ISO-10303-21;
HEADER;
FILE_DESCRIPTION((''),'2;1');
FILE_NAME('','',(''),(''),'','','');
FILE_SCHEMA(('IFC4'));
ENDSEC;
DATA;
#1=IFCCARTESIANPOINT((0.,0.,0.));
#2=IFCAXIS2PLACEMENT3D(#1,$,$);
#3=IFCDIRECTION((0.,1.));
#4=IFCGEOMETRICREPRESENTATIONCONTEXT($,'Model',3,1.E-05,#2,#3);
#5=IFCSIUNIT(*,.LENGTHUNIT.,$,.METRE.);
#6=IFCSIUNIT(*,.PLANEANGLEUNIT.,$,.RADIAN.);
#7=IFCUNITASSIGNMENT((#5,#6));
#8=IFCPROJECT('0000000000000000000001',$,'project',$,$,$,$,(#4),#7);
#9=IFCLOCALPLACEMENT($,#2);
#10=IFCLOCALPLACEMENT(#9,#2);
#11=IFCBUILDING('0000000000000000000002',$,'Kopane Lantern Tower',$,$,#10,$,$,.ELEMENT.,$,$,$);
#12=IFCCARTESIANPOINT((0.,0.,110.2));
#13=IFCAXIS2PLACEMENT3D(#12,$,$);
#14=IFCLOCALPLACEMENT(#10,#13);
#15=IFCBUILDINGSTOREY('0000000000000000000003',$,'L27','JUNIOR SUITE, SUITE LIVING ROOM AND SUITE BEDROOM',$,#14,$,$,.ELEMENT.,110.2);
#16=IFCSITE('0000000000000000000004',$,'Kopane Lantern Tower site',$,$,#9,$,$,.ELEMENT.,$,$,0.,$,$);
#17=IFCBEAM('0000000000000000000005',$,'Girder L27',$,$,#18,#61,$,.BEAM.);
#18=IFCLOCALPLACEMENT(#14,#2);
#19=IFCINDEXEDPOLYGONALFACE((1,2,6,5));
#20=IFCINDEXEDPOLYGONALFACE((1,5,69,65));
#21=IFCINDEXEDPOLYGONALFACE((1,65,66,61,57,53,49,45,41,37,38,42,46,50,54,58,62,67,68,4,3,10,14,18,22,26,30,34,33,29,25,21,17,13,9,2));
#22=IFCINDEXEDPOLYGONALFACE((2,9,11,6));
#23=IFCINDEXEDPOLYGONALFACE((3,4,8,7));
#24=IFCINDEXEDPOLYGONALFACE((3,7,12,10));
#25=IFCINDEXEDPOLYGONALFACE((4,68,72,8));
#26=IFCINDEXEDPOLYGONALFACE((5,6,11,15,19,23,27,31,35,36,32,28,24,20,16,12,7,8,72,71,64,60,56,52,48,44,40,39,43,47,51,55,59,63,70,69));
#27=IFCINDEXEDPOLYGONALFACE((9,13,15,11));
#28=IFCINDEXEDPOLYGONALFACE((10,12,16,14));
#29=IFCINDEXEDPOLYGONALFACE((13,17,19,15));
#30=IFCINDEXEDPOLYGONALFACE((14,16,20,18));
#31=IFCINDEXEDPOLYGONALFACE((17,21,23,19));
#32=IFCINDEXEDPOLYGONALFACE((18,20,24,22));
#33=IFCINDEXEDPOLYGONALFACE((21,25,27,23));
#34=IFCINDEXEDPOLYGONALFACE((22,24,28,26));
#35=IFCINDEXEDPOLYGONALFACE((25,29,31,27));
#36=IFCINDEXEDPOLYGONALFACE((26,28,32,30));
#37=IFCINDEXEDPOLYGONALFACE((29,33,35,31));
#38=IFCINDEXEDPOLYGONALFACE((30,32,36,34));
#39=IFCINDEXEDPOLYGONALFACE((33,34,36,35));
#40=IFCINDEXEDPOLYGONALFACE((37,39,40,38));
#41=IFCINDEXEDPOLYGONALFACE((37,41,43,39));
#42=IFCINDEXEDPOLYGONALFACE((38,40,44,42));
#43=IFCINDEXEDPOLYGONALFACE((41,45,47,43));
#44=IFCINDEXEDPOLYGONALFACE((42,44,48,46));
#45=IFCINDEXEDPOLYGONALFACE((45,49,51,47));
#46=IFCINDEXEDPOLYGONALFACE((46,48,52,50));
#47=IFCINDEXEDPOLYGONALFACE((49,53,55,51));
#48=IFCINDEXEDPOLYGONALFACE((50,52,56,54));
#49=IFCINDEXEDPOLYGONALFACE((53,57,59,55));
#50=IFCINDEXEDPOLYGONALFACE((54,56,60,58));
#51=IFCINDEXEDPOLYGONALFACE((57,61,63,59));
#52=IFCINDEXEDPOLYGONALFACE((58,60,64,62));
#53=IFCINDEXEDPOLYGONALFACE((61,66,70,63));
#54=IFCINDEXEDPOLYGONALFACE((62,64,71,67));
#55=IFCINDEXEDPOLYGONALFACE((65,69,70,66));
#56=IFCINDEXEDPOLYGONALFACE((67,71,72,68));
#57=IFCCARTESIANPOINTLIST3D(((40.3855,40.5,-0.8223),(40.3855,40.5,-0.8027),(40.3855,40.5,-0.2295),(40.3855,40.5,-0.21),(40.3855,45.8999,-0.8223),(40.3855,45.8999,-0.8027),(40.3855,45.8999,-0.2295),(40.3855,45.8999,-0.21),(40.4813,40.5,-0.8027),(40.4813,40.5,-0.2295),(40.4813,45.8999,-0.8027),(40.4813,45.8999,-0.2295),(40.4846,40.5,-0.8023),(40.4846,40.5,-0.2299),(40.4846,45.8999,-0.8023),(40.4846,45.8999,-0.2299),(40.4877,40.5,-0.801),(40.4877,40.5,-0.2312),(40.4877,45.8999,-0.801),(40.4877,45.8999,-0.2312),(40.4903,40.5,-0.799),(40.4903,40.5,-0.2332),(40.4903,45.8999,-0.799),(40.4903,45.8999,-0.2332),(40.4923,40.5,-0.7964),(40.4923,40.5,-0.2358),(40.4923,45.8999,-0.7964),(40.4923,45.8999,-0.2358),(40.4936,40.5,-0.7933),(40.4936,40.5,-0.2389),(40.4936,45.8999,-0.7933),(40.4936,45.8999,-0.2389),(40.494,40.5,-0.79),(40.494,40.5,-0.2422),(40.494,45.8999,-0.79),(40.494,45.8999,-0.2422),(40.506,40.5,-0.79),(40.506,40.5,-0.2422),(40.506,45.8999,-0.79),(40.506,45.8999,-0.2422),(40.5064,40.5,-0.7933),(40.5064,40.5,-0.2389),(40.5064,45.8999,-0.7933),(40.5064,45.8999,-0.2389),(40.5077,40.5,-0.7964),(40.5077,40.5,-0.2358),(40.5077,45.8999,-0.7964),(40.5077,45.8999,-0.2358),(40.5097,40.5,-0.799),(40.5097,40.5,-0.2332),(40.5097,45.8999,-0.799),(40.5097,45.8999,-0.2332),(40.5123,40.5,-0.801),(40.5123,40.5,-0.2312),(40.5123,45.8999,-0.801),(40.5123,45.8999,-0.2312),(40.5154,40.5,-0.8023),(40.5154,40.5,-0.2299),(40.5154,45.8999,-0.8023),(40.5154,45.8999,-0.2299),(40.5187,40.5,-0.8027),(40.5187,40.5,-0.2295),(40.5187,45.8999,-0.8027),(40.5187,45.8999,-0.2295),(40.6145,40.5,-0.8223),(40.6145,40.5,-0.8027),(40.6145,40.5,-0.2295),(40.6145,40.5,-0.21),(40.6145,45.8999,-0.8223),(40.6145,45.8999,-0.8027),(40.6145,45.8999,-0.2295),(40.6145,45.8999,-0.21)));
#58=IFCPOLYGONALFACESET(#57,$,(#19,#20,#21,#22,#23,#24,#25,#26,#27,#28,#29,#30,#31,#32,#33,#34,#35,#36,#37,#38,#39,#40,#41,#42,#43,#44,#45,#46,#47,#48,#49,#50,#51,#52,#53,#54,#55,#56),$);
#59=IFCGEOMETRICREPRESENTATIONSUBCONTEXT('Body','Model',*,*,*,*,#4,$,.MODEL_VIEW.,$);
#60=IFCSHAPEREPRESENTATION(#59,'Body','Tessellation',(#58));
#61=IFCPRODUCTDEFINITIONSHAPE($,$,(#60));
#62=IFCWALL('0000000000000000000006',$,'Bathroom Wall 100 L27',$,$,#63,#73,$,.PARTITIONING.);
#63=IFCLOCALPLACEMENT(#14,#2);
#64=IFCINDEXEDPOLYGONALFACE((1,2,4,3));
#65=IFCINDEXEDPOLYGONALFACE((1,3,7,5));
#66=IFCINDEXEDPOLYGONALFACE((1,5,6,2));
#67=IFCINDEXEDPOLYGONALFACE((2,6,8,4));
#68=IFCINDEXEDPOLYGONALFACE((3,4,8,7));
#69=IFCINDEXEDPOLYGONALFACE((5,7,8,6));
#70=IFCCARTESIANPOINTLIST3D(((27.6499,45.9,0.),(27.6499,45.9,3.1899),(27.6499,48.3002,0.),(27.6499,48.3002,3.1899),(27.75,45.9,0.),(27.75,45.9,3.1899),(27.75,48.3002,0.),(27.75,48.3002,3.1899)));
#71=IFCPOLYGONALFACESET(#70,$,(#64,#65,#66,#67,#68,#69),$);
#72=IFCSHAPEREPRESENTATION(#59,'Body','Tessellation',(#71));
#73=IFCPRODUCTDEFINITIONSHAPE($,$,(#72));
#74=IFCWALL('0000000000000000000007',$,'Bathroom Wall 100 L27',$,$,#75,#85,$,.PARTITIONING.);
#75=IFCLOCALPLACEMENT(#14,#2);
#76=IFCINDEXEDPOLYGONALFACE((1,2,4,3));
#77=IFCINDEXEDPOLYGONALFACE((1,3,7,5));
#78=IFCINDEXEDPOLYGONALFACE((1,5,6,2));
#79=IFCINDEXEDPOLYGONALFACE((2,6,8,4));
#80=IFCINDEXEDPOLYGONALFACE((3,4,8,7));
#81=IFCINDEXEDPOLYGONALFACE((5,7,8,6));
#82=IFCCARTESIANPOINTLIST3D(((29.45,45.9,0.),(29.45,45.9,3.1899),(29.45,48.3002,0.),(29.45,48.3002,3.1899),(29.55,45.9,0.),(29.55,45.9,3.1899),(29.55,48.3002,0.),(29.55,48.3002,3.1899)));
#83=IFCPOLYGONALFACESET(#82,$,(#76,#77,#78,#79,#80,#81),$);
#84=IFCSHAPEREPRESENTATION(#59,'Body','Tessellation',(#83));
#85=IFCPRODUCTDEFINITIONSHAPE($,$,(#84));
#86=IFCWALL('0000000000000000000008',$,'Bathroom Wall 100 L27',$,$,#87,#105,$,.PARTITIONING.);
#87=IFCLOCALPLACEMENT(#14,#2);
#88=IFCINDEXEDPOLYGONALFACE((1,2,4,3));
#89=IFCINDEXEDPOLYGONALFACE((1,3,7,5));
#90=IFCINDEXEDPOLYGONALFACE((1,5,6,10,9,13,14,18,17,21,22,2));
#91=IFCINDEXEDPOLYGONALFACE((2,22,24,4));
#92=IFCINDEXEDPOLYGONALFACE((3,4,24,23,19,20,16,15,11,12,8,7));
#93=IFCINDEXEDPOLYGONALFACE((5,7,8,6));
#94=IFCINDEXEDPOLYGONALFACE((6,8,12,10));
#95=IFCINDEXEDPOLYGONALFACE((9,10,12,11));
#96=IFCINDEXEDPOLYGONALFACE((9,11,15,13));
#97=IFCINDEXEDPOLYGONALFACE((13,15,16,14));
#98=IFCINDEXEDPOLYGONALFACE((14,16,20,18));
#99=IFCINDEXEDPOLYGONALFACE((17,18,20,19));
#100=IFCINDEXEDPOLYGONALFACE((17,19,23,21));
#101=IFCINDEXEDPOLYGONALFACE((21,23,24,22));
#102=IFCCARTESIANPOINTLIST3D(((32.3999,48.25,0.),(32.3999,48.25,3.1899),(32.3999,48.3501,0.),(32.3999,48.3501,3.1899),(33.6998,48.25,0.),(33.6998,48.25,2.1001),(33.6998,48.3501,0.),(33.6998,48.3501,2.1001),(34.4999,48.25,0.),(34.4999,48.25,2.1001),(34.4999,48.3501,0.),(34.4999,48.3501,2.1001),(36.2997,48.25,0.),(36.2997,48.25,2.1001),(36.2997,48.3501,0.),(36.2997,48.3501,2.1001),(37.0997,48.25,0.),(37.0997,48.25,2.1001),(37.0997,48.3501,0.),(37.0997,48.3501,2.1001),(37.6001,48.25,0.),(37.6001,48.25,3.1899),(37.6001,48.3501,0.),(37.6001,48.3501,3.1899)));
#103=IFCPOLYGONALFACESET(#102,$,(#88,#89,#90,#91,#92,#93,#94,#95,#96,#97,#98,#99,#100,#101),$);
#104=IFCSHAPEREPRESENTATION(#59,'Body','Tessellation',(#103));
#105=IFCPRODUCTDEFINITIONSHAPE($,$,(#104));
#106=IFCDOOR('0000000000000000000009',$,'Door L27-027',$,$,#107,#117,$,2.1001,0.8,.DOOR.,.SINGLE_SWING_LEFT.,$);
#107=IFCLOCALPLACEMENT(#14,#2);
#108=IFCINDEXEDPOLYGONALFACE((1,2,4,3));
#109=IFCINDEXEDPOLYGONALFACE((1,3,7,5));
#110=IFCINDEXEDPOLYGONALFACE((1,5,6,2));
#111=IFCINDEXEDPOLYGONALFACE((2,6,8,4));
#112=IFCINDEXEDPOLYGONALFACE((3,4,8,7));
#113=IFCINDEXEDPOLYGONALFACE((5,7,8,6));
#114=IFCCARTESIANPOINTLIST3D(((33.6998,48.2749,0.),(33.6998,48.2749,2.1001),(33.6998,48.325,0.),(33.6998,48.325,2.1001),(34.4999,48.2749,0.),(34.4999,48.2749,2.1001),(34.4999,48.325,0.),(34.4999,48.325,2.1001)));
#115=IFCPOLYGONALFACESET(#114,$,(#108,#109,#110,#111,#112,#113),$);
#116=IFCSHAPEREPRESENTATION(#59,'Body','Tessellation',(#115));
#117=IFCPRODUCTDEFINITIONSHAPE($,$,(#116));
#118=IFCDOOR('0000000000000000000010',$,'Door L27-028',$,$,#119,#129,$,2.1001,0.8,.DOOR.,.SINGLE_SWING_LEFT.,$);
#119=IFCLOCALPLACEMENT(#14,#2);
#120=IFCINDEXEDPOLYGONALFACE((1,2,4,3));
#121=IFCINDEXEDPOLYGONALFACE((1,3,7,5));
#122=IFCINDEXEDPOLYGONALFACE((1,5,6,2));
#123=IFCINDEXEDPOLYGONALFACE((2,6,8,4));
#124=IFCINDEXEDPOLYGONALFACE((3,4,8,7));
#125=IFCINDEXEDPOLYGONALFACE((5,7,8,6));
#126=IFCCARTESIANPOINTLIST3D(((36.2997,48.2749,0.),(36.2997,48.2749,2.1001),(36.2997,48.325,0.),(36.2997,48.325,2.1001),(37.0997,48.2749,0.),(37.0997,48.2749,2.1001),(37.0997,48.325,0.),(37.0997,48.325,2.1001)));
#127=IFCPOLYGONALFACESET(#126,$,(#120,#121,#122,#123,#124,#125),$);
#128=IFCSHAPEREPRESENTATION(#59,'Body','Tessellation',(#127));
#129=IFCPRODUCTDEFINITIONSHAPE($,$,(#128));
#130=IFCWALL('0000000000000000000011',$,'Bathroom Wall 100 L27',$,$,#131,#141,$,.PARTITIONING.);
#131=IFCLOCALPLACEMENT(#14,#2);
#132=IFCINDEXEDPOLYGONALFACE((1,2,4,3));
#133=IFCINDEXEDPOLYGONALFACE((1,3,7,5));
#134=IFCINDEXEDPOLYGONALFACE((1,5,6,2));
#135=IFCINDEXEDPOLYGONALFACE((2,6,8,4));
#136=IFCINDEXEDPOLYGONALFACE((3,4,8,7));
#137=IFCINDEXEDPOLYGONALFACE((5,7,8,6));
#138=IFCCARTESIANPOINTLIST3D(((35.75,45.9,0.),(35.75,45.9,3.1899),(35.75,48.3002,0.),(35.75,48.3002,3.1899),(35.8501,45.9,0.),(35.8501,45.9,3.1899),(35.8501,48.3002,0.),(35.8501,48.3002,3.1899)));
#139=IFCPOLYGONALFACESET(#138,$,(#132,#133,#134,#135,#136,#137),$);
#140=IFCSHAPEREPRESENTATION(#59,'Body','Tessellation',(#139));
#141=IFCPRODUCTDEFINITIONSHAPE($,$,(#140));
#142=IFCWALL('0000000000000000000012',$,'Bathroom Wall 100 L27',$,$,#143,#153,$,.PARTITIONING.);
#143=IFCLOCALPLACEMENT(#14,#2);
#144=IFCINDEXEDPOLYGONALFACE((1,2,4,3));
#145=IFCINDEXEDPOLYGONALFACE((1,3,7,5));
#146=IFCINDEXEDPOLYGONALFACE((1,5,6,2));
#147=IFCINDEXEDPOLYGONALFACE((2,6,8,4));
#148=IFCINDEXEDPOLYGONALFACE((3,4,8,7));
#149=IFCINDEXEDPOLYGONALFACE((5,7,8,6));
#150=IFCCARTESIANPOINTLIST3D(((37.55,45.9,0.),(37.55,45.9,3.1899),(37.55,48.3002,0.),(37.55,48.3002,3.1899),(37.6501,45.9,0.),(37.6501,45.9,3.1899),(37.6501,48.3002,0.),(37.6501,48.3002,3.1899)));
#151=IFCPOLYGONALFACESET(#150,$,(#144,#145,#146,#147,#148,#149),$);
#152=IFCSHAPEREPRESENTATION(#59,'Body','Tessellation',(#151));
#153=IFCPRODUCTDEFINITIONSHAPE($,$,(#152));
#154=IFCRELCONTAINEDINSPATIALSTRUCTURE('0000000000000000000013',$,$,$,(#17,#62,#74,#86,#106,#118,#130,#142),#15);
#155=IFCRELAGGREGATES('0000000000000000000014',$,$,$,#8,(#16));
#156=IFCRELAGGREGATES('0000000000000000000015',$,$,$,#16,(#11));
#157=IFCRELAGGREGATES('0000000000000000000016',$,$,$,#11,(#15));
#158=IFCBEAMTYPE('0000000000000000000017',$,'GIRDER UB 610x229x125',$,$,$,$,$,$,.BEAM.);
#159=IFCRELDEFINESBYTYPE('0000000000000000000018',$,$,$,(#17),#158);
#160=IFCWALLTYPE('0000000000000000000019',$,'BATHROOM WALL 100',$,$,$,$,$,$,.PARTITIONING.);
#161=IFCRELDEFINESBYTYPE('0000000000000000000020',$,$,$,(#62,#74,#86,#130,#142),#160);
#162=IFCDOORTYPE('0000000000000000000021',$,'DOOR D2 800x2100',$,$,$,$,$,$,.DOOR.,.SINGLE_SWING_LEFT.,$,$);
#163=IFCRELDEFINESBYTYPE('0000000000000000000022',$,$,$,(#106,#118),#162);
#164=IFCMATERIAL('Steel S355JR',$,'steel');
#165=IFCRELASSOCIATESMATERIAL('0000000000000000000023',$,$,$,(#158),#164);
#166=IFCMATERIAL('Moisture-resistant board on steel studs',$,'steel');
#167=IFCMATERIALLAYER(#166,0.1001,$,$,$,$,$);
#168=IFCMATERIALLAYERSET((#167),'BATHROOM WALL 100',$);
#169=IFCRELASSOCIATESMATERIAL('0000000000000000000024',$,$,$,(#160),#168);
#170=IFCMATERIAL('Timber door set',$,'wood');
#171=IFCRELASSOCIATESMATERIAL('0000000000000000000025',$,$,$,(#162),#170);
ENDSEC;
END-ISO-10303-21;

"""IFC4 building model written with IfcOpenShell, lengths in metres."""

from ifc_helpers import new_model, si_unit, direction, frame, frame_2d, origin, origin_2d, place, context, subcontext, project, spatial, rectangle, i_section, extrude, material, layer, layer_set, material_profile, profile_set, type_object, element, fill, save


model = new_model("IFC4")

# Units and contexts
model_context = context("Model", 3, precision=1e-05, world=origin(), true_north=direction((0.0, 1.0)))
body_context = subcontext(model_context, "Body", "Model", "MODEL_VIEW")
ifc_project = project(units=[si_unit("LENGTHUNIT", "METRE"), si_unit("PLANEANGLEUNIT", "RADIAN")], contexts=[model_context])

# Site, building, storey
site_placement = place(None, origin())
site = spatial("IfcSite", under=ifc_project, at=site_placement, Name="Kopane Lantern Tower site", CompositionType="ELEMENT", RefElevation=0.0)
building_placement = place(site_placement, origin())
building = spatial("IfcBuilding", under=site, at=building_placement, Name="Kopane Lantern Tower", CompositionType="ELEMENT")
storey_placement = place(building_placement, frame((0.0, 0.0, 110.2)))
storey = spatial("IfcBuildingStorey", under=building, at=storey_placement, Name="L27", Description="JUNIOR SUITE, SUITE LIVING ROOM AND SUITE BEDROOM", CompositionType="ELEMENT", Elevation=110.2)

# Beam
ifc_material_1 = material(Name="Steel S355JR", Category="steel")
ifc_material_profile_1 = material_profile(ifc_material_1, i_section(OverallWidth=0.229, OverallDepth=0.6123, WebThickness=0.012, FlangeThickness=0.0195, FilletRadius=0.0127, at=origin_2d()), Name="UB 610x229x125")
ifc_profile_set_1 = profile_set([ifc_material_profile_1], Name="Steel S355JR")
beam_type = type_object("IfcBeamType", Name="GIRDER UB 610x229x125", PredefinedType="BEAM", material=ifc_profile_set_1)
beam_1_placement = place(storey_placement, frame((40.5, 40.5, -0.5161), z_axis=(0.0, 1.0, 0.0), x_axis=(-1.0, 0.0, 0.0)))
element("IfcBeam", 1, at=beam_1_placement, inside=storey, type_object=beam_type, Name="Girder L27", PredefinedType="BEAM", context=body_context, shape_type="SweptSolid", body=[
    extrude(i_section(OverallWidth=0.229, OverallDepth=0.6123, WebThickness=0.012, FlangeThickness=0.0195, FilletRadius=0.0127, at=origin_2d()), origin(), (0.0, 0.0, 1.0), 5.3999),
])

# Walls
ifc_material_2 = material(Name="Moisture-resistant board on steel studs", Category="steel")
ifc_layer_1 = layer(ifc_material_2, 0.1001)
ifc_layer_set_1 = layer_set([ifc_layer_1], Name="BATHROOM WALL 100")
wall_type_1 = type_object("IfcWallType", Name="BATHROOM WALL 100", PredefinedType="PARTITIONING", material=ifc_layer_set_1)
for number, where, z_axis, x_axis, name in (
    (2, (27.7, 45.8999, 0.0), (0.0, 0.0, 1.0), (0.0, 1.0, 0.0), "Bathroom Wall 100 L27"),
    (3, (29.5, 45.8999, 0.0), (0.0, 0.0, 1.0), (0.0, 1.0, 0.0), "Bathroom Wall 100 L27"),
):
    element("IfcWall", number, at=place(storey_placement, frame(where, z_axis=z_axis, x_axis=x_axis)), inside=storey, type_object=wall_type_1, Name=name, PredefinedType="PARTITIONING", context=body_context, shape_type="SweptSolid", body=[
        extrude(rectangle(XDim=2.4001, YDim=0.1001, at=frame_2d((1.2002, 0.0))), origin(), (0.0, 0.0, 1.0), 3.1899),
    ])

# Wall, openings, doors
wall_1_placement = place(storey_placement, frame((32.3999, 48.3, 0.0), z_axis=(0.0, 0.0, 1.0), x_axis=(1.0, 0.0, 0.0)))
wall_1 = element("IfcWall", 4, at=wall_1_placement, inside=storey, type_object=wall_type_1, Name="Bathroom Wall 100 L27", PredefinedType="PARTITIONING", context=body_context, shape_type="SweptSolid", body=[
    extrude(rectangle(XDim=5.2002, YDim=0.1001, at=frame_2d((2.6001, 0.0))), origin(), (0.0, 0.0, 1.0), 3.1899),
])
opening_1_placement = place(wall_1_placement, frame((1.3, 0.0, 0.0)))
opening_1 = element("IfcOpeningElement", 5, at=opening_1_placement, cuts=wall_1, PredefinedType="OPENING", context=body_context, shape_type="SweptSolid", body=[
    extrude(rectangle(XDim=0.8, YDim=2.1001, at=frame_2d((0.3999, 1.05))), frame((0.0, 0.0601, 0.0), z_axis=(0.0, -1.0, 0.0), x_axis=(1.0, 0.0, 0.0)), (0.0, 0.0, 1.0), 0.1201),
])
opening_2_placement = place(wall_1_placement, frame((3.8999, 0.0, 0.0)))
opening_2 = element("IfcOpeningElement", 6, at=opening_2_placement, cuts=wall_1, PredefinedType="OPENING", context=body_context, shape_type="SweptSolid", body=[
    extrude(rectangle(XDim=0.8, YDim=2.1001, at=frame_2d((0.3999, 1.05))), frame((0.0, 0.0601, 0.0), z_axis=(0.0, -1.0, 0.0), x_axis=(1.0, 0.0, 0.0)), (0.0, 0.0, 1.0), 0.1201),
])
ifc_material_3 = material(Name="Timber door set", Category="wood")
door_type_1 = type_object("IfcDoorType", Name="DOOR D2 800x2100", OperationType="SINGLE_SWING_LEFT", PredefinedType="DOOR", material=ifc_material_3)
door_1_placement = place(opening_1_placement, origin())
door_1 = element("IfcDoor", 7, at=door_1_placement, inside=storey, type_object=door_type_1, Name="Door L27-027", OperationType="SINGLE_SWING_LEFT", OverallHeight=2.1001, OverallWidth=0.8, PredefinedType="DOOR", context=body_context, shape_type="SweptSolid", body=[
    extrude(rectangle(XDim=0.8, YDim=2.1001, at=frame_2d((0.3999, 1.05))), frame((0.0, 0.0249, 0.0), z_axis=(0.0, -1.0, 0.0), x_axis=(1.0, 0.0, 0.0)), (0.0, 0.0, 1.0), 0.05),
])
fill(opening_1, door_1)
door_2_placement = place(opening_2_placement, origin())
door_2 = element("IfcDoor", 8, at=door_2_placement, inside=storey, type_object=door_type_1, Name="Door L27-028", OperationType="SINGLE_SWING_LEFT", OverallHeight=2.1001, OverallWidth=0.8, PredefinedType="DOOR", context=body_context, shape_type="SweptSolid", body=[
    extrude(rectangle(XDim=0.8, YDim=2.1001, at=frame_2d((0.3999, 1.05))), frame((0.0, 0.0249, 0.0), z_axis=(0.0, -1.0, 0.0), x_axis=(1.0, 0.0, 0.0)), (0.0, 0.0, 1.0), 0.05),
])
fill(opening_2, door_2)

# Walls
for number, where, z_axis, x_axis, name in (
    (9, (35.8, 45.8999, 0.0), (0.0, 0.0, 1.0), (0.0, 1.0, 0.0), "Bathroom Wall 100 L27"),
    (10, (37.6001, 45.8999, 0.0), (0.0, 0.0, 1.0), (0.0, 1.0, 0.0), "Bathroom Wall 100 L27"),
):
    element("IfcWall", number, at=place(storey_placement, frame(where, z_axis=z_axis, x_axis=x_axis)), inside=storey, type_object=wall_type_1, Name=name, PredefinedType="PARTITIONING", context=body_context, shape_type="SweptSolid", body=[
        extrude(rectangle(XDim=2.4001, YDim=0.1001, at=frame_2d((1.2002, 0.0))), origin(), (0.0, 0.0, 1.0), 3.1899),
    ])

save(model, "model.ifc")
